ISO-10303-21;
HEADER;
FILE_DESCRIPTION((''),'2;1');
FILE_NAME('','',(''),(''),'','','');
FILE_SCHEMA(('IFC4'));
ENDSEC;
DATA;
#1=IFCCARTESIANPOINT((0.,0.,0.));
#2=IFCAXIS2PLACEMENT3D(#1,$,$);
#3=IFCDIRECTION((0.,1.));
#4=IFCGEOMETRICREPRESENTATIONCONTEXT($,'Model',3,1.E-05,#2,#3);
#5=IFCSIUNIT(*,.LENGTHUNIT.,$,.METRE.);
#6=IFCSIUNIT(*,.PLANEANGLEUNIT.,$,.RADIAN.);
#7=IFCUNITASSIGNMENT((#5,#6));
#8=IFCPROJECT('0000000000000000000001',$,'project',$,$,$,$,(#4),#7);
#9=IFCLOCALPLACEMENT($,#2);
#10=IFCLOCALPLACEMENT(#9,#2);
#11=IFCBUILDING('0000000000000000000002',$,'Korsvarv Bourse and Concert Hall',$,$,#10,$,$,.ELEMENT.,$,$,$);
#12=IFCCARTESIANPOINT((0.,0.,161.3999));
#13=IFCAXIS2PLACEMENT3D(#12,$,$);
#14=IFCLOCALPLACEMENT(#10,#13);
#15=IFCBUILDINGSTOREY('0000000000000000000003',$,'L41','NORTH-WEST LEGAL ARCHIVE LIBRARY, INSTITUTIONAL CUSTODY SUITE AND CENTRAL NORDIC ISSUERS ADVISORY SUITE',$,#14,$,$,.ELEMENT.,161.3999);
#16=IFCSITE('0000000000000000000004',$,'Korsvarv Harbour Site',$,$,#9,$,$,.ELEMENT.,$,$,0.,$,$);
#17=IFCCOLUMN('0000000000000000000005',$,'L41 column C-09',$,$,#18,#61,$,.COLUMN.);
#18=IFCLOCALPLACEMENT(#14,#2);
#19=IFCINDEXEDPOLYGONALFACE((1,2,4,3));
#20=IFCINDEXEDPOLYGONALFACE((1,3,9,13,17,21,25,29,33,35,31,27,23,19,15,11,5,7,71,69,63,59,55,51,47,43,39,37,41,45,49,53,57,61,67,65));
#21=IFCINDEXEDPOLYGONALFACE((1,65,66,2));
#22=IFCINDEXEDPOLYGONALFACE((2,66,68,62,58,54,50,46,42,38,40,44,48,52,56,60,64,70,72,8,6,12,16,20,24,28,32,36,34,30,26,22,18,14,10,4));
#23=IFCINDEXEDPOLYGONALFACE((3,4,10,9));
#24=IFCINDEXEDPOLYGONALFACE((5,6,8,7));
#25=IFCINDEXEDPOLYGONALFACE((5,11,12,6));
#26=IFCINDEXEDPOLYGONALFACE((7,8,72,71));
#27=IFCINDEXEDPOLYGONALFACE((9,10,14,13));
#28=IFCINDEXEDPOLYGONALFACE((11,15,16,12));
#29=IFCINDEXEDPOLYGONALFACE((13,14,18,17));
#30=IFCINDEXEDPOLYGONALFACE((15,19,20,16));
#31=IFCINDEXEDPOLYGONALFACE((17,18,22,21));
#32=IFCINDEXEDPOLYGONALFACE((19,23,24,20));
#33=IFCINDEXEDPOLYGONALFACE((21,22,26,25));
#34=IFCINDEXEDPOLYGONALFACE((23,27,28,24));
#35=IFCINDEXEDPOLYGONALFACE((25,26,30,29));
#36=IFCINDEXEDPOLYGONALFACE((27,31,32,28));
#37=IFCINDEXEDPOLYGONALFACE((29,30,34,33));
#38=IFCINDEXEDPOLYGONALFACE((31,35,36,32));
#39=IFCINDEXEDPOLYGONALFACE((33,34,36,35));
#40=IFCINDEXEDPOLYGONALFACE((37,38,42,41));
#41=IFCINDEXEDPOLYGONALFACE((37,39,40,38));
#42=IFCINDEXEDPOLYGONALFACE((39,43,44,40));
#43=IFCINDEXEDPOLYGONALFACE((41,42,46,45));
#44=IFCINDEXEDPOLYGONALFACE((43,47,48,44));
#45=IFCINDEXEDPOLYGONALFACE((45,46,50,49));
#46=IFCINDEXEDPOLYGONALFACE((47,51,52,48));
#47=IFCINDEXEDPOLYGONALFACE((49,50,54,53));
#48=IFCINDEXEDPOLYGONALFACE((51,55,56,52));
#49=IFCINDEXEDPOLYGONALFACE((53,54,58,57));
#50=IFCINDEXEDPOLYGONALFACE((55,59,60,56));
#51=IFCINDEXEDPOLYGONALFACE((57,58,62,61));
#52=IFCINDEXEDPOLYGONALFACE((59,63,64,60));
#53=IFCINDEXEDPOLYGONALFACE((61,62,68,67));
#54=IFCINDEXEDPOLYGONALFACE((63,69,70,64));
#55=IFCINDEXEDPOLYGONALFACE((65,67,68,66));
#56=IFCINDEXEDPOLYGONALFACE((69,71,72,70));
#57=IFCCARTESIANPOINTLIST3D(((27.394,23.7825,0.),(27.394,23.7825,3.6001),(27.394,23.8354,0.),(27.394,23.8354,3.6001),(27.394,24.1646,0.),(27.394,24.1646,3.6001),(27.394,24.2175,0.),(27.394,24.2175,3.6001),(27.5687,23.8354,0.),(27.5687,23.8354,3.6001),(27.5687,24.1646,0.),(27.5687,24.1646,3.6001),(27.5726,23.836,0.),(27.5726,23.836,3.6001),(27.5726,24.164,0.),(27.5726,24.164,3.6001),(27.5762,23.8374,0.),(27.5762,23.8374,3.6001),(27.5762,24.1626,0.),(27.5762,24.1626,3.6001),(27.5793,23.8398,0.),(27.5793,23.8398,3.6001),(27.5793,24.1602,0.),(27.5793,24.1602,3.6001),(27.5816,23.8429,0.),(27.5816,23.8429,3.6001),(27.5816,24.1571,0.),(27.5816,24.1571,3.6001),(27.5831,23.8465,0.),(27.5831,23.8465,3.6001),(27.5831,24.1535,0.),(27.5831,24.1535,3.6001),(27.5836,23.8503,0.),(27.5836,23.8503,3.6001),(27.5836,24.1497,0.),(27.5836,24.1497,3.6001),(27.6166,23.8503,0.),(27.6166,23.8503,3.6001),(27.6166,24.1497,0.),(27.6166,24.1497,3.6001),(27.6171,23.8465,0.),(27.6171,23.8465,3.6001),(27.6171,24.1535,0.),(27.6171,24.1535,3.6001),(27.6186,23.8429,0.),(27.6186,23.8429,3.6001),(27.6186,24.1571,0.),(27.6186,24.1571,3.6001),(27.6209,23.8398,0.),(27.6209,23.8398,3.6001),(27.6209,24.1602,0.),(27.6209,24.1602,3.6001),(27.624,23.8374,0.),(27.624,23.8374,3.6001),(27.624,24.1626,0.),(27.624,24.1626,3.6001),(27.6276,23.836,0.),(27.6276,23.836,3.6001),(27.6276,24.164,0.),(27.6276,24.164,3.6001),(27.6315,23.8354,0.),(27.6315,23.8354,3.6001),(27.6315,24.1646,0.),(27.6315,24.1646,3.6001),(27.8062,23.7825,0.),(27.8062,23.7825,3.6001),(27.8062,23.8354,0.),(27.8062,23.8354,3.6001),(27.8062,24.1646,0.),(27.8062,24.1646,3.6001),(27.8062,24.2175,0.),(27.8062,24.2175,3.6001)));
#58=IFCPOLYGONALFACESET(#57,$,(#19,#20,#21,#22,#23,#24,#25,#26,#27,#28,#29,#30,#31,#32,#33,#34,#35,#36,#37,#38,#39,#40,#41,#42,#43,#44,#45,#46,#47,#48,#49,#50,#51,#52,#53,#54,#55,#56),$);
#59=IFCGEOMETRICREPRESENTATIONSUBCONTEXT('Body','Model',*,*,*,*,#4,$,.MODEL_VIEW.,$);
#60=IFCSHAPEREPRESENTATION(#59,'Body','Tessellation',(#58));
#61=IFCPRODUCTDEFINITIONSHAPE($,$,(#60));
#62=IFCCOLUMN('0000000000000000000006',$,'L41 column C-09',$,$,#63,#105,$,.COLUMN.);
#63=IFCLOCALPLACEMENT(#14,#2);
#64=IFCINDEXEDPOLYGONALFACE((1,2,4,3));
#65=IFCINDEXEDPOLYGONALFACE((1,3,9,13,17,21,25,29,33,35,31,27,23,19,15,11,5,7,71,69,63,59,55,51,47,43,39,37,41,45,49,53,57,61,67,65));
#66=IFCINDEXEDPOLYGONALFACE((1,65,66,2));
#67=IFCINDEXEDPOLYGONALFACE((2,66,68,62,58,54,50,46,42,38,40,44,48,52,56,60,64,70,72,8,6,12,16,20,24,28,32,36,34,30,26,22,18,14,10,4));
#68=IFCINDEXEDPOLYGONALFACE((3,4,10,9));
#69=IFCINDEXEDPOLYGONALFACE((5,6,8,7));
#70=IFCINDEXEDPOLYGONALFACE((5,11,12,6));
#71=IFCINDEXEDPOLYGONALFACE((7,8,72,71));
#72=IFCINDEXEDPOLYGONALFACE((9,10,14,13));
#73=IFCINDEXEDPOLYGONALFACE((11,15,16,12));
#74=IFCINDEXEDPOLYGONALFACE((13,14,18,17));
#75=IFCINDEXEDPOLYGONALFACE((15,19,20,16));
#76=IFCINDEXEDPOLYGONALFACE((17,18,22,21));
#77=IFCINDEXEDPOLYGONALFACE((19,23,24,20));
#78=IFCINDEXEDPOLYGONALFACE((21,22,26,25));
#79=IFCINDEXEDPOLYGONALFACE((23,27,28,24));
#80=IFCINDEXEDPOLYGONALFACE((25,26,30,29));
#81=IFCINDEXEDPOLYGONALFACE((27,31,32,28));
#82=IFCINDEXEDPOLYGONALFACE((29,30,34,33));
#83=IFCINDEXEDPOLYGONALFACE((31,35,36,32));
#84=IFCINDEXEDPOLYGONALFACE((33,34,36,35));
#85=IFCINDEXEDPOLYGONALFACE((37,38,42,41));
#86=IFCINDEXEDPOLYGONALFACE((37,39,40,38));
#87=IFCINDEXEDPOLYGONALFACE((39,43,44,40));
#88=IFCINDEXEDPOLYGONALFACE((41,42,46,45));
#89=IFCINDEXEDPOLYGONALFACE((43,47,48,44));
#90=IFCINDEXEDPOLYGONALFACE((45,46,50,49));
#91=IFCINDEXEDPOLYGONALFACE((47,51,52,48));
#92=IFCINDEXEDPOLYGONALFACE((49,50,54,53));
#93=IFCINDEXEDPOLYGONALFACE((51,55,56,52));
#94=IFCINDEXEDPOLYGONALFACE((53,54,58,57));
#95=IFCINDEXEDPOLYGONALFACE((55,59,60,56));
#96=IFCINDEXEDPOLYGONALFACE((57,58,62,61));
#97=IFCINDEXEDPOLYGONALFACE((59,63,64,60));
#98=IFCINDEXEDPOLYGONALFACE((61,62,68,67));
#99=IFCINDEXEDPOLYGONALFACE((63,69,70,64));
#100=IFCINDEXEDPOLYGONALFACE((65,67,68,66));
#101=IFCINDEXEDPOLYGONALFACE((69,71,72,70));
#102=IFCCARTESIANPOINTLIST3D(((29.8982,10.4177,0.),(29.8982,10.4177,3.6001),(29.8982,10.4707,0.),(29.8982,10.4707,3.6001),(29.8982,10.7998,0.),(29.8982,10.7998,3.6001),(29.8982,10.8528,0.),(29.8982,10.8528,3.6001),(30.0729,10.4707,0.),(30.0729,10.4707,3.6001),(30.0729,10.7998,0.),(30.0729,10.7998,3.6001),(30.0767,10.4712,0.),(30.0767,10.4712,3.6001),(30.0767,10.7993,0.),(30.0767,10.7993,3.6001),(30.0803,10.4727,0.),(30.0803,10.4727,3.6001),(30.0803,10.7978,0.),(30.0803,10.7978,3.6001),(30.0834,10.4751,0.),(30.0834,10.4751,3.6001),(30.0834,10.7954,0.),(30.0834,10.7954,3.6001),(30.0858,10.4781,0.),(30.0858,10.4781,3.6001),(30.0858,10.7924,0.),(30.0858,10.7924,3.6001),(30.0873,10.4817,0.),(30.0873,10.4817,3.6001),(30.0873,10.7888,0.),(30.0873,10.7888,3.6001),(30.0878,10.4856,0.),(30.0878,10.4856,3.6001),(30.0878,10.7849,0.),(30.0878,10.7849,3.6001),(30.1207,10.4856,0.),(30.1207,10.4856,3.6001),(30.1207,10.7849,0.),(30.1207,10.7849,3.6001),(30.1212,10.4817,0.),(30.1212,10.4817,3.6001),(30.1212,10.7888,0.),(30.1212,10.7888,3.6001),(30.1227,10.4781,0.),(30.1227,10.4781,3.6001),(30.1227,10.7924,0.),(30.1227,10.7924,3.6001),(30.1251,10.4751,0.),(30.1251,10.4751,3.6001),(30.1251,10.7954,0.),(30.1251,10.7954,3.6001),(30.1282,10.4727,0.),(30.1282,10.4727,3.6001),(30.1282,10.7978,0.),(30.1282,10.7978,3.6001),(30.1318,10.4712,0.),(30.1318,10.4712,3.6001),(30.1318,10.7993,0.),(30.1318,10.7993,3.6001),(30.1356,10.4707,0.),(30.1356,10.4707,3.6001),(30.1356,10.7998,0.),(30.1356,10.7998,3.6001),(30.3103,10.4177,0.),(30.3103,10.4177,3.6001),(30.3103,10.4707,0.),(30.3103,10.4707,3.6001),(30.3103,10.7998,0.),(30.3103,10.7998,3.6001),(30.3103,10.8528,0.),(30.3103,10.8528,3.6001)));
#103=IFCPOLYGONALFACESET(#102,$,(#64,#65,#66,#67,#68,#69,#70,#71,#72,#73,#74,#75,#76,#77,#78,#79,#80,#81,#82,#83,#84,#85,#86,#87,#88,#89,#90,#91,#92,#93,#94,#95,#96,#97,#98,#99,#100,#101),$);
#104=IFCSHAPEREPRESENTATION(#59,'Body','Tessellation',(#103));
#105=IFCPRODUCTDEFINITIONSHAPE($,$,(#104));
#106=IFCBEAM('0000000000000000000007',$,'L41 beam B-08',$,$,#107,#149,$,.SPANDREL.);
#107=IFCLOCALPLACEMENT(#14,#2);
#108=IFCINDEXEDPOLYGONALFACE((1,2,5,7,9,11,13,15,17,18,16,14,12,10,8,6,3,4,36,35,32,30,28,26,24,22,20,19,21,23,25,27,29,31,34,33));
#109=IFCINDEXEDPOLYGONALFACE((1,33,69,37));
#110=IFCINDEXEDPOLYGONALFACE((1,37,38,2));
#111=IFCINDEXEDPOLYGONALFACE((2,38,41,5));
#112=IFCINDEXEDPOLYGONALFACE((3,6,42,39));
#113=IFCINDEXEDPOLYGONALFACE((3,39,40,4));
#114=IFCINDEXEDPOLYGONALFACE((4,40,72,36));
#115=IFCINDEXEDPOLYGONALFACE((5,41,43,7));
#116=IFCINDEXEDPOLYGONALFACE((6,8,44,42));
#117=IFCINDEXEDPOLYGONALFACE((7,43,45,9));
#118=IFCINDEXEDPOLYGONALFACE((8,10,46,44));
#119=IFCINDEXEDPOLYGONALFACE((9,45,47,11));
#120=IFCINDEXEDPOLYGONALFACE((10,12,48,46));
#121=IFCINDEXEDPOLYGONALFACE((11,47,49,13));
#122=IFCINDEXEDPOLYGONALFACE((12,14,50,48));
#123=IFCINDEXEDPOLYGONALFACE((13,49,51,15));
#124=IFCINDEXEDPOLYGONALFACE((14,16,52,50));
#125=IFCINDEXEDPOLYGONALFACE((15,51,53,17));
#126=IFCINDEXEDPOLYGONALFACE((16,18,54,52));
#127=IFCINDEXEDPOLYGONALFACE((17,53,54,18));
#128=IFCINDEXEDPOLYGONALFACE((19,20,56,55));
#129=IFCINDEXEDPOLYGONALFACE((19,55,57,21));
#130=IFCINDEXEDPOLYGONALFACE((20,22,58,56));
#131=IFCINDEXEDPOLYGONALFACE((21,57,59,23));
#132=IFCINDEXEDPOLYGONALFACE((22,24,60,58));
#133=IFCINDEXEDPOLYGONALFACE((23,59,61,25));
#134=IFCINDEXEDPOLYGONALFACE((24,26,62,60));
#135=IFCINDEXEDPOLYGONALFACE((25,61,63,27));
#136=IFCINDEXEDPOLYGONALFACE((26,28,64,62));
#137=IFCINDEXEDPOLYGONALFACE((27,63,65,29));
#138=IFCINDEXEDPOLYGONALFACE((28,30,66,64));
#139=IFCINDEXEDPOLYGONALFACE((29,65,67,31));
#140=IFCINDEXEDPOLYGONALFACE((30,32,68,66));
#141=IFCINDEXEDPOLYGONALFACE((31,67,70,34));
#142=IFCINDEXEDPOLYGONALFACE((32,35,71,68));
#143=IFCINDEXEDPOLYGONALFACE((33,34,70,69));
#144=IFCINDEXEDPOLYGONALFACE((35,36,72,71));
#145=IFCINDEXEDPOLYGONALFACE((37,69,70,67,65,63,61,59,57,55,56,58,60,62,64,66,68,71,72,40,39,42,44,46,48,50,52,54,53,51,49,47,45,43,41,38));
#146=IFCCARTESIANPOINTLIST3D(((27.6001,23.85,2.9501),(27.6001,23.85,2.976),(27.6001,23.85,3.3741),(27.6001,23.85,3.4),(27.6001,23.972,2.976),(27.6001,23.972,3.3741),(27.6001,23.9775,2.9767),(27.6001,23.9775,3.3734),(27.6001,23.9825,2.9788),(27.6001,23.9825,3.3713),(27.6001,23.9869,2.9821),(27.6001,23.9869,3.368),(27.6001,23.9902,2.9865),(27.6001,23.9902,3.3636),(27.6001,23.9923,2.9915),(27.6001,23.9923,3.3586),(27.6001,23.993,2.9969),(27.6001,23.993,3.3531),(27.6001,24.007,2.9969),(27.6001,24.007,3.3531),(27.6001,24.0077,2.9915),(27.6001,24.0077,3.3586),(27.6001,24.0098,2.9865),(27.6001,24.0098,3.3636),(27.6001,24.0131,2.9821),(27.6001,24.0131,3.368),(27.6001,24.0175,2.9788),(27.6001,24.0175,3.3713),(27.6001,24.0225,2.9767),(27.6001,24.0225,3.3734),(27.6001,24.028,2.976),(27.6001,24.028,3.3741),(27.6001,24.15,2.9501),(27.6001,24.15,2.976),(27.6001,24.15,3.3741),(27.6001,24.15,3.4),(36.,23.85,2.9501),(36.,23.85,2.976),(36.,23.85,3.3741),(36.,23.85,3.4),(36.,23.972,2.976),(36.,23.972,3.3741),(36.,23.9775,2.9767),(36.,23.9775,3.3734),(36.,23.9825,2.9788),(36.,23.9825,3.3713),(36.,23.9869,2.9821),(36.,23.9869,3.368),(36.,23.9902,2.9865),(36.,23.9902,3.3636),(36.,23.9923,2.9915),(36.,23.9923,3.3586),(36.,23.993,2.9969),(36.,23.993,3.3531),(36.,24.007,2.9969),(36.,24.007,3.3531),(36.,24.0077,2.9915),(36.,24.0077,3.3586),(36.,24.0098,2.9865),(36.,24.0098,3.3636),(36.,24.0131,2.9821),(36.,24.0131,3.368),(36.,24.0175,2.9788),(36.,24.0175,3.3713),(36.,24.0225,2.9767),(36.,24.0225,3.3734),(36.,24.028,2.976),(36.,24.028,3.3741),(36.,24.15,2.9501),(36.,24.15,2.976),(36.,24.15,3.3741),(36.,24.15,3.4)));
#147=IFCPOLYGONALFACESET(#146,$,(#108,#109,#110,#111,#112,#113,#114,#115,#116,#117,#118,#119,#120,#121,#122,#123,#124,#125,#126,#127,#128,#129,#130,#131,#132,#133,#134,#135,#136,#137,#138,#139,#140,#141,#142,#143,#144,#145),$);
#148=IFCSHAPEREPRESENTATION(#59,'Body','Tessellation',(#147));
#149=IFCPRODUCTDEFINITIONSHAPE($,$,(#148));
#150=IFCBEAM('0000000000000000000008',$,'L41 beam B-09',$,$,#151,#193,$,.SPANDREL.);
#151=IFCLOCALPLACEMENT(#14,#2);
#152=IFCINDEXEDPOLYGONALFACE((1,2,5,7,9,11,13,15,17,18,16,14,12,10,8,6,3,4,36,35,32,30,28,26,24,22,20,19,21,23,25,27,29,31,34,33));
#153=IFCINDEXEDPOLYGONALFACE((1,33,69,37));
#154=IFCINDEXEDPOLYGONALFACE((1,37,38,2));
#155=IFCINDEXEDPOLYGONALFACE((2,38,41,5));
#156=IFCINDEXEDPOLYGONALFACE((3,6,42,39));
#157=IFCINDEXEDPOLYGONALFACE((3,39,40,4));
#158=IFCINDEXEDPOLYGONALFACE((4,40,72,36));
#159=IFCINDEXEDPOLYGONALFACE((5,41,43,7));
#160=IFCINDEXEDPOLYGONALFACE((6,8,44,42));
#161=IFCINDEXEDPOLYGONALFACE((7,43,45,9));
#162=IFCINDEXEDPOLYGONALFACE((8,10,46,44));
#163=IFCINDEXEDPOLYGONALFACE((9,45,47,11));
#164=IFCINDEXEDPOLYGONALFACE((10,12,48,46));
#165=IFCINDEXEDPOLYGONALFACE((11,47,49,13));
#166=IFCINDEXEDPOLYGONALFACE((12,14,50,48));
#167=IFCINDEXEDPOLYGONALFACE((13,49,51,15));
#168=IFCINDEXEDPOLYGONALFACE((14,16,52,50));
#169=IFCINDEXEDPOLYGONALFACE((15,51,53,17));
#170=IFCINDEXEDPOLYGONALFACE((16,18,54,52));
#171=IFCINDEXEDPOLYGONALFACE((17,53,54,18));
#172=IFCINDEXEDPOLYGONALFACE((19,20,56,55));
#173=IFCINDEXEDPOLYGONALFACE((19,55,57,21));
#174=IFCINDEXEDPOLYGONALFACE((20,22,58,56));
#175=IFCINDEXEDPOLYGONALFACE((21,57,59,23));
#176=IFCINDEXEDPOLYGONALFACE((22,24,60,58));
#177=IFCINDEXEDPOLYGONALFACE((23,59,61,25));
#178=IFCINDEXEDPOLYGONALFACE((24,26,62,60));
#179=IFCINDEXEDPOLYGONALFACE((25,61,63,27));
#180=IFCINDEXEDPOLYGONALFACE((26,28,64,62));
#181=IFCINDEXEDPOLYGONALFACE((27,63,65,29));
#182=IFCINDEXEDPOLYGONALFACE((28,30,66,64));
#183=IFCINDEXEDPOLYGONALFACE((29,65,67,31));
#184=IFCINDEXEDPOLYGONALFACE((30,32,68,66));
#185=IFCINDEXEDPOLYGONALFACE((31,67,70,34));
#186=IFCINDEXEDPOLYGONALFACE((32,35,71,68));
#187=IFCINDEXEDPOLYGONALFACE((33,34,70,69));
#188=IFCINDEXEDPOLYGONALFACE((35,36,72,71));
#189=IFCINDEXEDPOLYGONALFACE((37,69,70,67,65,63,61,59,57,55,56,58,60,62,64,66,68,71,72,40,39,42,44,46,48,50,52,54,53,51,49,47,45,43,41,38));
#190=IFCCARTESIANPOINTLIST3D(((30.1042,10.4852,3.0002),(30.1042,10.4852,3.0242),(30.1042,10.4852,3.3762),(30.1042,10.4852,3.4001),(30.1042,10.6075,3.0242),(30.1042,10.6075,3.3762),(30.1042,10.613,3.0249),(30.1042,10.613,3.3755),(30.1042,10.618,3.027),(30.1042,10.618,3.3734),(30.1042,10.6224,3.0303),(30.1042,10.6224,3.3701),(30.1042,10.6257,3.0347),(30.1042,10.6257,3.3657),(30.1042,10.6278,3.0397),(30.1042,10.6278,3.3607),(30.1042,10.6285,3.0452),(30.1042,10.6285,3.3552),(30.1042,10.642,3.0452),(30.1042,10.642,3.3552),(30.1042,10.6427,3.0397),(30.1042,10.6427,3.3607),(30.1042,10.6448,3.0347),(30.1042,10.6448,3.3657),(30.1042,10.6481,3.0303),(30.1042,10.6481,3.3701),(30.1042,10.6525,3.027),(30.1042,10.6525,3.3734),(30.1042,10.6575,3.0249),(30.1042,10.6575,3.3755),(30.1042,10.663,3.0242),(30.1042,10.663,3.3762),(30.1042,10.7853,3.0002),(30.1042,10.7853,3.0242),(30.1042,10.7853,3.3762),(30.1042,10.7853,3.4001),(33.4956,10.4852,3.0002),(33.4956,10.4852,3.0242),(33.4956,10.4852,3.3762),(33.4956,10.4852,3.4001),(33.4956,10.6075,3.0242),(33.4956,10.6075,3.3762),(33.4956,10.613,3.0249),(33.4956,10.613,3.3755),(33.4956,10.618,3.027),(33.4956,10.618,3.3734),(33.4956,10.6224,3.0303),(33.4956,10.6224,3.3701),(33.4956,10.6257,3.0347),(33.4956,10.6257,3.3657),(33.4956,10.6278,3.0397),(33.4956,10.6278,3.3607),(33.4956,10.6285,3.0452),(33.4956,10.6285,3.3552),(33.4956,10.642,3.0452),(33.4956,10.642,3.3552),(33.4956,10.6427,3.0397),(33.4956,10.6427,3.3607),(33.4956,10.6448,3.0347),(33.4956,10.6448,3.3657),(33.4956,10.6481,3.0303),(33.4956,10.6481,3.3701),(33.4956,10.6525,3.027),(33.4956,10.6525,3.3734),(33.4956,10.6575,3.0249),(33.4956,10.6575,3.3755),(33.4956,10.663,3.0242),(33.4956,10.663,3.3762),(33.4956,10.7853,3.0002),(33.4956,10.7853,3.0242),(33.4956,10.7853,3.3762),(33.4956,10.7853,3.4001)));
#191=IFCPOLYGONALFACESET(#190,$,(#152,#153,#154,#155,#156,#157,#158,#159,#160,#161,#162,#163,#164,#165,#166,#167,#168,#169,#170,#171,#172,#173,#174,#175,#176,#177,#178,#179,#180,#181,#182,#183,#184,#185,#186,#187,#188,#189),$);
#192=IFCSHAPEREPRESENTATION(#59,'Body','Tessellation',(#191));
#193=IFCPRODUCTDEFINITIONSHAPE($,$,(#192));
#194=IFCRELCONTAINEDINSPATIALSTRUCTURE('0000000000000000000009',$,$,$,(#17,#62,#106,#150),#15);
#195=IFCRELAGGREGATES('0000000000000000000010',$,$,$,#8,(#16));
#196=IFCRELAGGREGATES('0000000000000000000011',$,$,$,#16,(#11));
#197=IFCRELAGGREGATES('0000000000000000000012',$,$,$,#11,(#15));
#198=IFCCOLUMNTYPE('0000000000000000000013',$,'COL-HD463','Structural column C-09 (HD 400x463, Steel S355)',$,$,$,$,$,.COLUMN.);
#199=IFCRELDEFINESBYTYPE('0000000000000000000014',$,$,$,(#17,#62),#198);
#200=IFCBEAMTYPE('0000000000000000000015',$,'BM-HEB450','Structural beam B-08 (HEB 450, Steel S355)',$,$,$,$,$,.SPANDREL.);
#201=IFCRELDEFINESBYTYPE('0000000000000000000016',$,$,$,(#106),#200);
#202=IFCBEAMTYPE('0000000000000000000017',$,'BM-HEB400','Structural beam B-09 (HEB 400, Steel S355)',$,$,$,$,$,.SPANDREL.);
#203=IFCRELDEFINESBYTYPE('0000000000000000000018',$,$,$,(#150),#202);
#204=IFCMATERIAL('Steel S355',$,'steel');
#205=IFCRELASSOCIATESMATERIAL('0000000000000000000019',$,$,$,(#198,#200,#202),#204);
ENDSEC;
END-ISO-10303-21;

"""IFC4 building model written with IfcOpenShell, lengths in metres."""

from ifc_helpers import new_model, si_unit, direction, frame, origin, origin_2d, place, context, subcontext, project, spatial, i_section, extrude, source, transform, mapped, material, material_profile, profile_set, type_object, element, save


model = new_model("IFC4")

# Units and contexts
model_context = context("Model", 3, precision=1e-05, world=origin(), true_north=direction((0.0, 1.0)))
body_context = subcontext(model_context, "Body", "Model", "MODEL_VIEW")
ifc_project = project(units=[si_unit("LENGTHUNIT", "METRE"), si_unit("PLANEANGLEUNIT", "RADIAN")], contexts=[model_context])

# Site, building, storey
site_placement = place(None, origin())
site = spatial("IfcSite", under=ifc_project, at=site_placement, Name="Korsvarv Harbour Site", CompositionType="ELEMENT", RefElevation=0.0)
building_placement = place(site_placement, origin())
building = spatial("IfcBuilding", under=site, at=building_placement, Name="Korsvarv Bourse and Concert Hall", CompositionType="ELEMENT")
storey_placement = place(building_placement, frame((0.0, 0.0, 161.3999)))
storey = spatial("IfcBuildingStorey", under=building, at=storey_placement, Name="L41", Description="NORTH-WEST LEGAL ARCHIVE LIBRARY, INSTITUTIONAL CUSTODY SUITE AND CENTRAL NORDIC ISSUERS ADVISORY SUITE", CompositionType="ELEMENT", Elevation=161.3999)

# Columns
ifc_material_1 = material(Name="Steel S355", Category="steel")
ifc_material_profile_1 = material_profile(ifc_material_1, i_section(OverallWidth=0.4121, OverallDepth=0.4351, WebThickness=0.033, FlangeThickness=0.053, FilletRadius=0.0149, at=origin_2d()), Name="HD 400x463")
ifc_profile_set_1 = profile_set([ifc_material_profile_1], Name="Steel S355")
column_type = type_object("IfcColumnType", Name="COL-HD463", Description="Structural column C-09 (HD 400x463, Steel S355)", PredefinedType="COLUMN", material=ifc_profile_set_1)
shared_shape_1 = source(origin(), body_context, "Body", "SweptSolid", [
    extrude(i_section(OverallWidth=0.4121, OverallDepth=0.4351, WebThickness=0.033, FlangeThickness=0.053, FilletRadius=0.0149, at=origin_2d()), origin(), (0.0, 0.0, 1.0), 3.6001),
])
for number, where, z_axis, x_axis, name in (
    (1, (27.6001, 24.0, 0.0), (0.0, 0.0, 1.0), (1.0, 0.0, 0.0), "L41 column C-09"),
    (2, (30.1042, 10.6353, 0.0), (0.0, 0.0, 1.0), (1.0, 0.0, 0.0), "L41 column C-09"),
):
    element("IfcColumn", number, at=place(storey_placement, frame(where, z_axis=z_axis, x_axis=x_axis)), inside=storey, type_object=column_type, Name=name, PredefinedType="COLUMN", context=body_context, shape_type="MappedRepresentation", body=[
        mapped(shared_shape_1, transform((0.0, 0.0, 0.0), scale=1.0)),
    ])

# Beams
ifc_material_profile_2 = material_profile(ifc_material_1, i_section(OverallWidth=0.3, OverallDepth=0.45, WebThickness=0.0139, FlangeThickness=0.0259, FilletRadius=0.021, at=origin_2d()), Name="HEB 450")
ifc_profile_set_2 = profile_set([ifc_material_profile_2], Name="Steel S355")
beam_type_1 = type_object("IfcBeamType", Name="BM-HEB450", Description="Structural beam B-08 (HEB 450, Steel S355)", PredefinedType="SPANDREL", material=ifc_profile_set_2)
shared_shape_2 = source(origin(), body_context, "Body", "SweptSolid", [
    extrude(i_section(OverallWidth=0.3, OverallDepth=0.45, WebThickness=0.0139, FlangeThickness=0.0259, FilletRadius=0.021, at=origin_2d()), origin(), (0.0, 0.0, 1.0), 8.3999),
])
beam_1_placement = place(storey_placement, frame((27.6001, 24.0, 3.175), z_axis=(1.0, 0.0, 0.0), x_axis=(0.0, 1.0, 0.0)))
element("IfcBeam", 3, at=beam_1_placement, inside=storey, type_object=beam_type_1, Name="L41 beam B-08", PredefinedType="SPANDREL", context=body_context, shape_type="MappedRepresentation", body=[
    mapped(shared_shape_2, transform((0.0, 0.0, 0.0), scale=1.0)),
])
ifc_material_profile_3 = material_profile(ifc_material_1, i_section(OverallWidth=0.3, OverallDepth=0.3999, WebThickness=0.0134, FlangeThickness=0.0239, FilletRadius=0.021, at=origin_2d()), Name="HEB 400")
ifc_profile_set_3 = profile_set([ifc_material_profile_3], Name="Steel S355")
beam_type_2 = type_object("IfcBeamType", Name="BM-HEB400", Description="Structural beam B-09 (HEB 400, Steel S355)", PredefinedType="SPANDREL", material=ifc_profile_set_3)
shared_shape_3 = source(origin(), body_context, "Body", "SweptSolid", [
    extrude(i_section(OverallWidth=0.3, OverallDepth=0.3999, WebThickness=0.0134, FlangeThickness=0.0239, FilletRadius=0.021, at=origin_2d()), origin(), (0.0, 0.0, 1.0), 3.3914),
])
beam_2_placement = place(storey_placement, frame((30.1042, 10.6353, 3.2002), z_axis=(1.0, 0.0, 0.0), x_axis=(0.0, 1.0, 0.0)))
element("IfcBeam", 4, at=beam_2_placement, inside=storey, type_object=beam_type_2, Name="L41 beam B-09", PredefinedType="SPANDREL", context=body_context, shape_type="MappedRepresentation", body=[
    mapped(shared_shape_3, transform((0.0, 0.0, 0.0), scale=1.0)),
])

save(model, "model.ifc")
